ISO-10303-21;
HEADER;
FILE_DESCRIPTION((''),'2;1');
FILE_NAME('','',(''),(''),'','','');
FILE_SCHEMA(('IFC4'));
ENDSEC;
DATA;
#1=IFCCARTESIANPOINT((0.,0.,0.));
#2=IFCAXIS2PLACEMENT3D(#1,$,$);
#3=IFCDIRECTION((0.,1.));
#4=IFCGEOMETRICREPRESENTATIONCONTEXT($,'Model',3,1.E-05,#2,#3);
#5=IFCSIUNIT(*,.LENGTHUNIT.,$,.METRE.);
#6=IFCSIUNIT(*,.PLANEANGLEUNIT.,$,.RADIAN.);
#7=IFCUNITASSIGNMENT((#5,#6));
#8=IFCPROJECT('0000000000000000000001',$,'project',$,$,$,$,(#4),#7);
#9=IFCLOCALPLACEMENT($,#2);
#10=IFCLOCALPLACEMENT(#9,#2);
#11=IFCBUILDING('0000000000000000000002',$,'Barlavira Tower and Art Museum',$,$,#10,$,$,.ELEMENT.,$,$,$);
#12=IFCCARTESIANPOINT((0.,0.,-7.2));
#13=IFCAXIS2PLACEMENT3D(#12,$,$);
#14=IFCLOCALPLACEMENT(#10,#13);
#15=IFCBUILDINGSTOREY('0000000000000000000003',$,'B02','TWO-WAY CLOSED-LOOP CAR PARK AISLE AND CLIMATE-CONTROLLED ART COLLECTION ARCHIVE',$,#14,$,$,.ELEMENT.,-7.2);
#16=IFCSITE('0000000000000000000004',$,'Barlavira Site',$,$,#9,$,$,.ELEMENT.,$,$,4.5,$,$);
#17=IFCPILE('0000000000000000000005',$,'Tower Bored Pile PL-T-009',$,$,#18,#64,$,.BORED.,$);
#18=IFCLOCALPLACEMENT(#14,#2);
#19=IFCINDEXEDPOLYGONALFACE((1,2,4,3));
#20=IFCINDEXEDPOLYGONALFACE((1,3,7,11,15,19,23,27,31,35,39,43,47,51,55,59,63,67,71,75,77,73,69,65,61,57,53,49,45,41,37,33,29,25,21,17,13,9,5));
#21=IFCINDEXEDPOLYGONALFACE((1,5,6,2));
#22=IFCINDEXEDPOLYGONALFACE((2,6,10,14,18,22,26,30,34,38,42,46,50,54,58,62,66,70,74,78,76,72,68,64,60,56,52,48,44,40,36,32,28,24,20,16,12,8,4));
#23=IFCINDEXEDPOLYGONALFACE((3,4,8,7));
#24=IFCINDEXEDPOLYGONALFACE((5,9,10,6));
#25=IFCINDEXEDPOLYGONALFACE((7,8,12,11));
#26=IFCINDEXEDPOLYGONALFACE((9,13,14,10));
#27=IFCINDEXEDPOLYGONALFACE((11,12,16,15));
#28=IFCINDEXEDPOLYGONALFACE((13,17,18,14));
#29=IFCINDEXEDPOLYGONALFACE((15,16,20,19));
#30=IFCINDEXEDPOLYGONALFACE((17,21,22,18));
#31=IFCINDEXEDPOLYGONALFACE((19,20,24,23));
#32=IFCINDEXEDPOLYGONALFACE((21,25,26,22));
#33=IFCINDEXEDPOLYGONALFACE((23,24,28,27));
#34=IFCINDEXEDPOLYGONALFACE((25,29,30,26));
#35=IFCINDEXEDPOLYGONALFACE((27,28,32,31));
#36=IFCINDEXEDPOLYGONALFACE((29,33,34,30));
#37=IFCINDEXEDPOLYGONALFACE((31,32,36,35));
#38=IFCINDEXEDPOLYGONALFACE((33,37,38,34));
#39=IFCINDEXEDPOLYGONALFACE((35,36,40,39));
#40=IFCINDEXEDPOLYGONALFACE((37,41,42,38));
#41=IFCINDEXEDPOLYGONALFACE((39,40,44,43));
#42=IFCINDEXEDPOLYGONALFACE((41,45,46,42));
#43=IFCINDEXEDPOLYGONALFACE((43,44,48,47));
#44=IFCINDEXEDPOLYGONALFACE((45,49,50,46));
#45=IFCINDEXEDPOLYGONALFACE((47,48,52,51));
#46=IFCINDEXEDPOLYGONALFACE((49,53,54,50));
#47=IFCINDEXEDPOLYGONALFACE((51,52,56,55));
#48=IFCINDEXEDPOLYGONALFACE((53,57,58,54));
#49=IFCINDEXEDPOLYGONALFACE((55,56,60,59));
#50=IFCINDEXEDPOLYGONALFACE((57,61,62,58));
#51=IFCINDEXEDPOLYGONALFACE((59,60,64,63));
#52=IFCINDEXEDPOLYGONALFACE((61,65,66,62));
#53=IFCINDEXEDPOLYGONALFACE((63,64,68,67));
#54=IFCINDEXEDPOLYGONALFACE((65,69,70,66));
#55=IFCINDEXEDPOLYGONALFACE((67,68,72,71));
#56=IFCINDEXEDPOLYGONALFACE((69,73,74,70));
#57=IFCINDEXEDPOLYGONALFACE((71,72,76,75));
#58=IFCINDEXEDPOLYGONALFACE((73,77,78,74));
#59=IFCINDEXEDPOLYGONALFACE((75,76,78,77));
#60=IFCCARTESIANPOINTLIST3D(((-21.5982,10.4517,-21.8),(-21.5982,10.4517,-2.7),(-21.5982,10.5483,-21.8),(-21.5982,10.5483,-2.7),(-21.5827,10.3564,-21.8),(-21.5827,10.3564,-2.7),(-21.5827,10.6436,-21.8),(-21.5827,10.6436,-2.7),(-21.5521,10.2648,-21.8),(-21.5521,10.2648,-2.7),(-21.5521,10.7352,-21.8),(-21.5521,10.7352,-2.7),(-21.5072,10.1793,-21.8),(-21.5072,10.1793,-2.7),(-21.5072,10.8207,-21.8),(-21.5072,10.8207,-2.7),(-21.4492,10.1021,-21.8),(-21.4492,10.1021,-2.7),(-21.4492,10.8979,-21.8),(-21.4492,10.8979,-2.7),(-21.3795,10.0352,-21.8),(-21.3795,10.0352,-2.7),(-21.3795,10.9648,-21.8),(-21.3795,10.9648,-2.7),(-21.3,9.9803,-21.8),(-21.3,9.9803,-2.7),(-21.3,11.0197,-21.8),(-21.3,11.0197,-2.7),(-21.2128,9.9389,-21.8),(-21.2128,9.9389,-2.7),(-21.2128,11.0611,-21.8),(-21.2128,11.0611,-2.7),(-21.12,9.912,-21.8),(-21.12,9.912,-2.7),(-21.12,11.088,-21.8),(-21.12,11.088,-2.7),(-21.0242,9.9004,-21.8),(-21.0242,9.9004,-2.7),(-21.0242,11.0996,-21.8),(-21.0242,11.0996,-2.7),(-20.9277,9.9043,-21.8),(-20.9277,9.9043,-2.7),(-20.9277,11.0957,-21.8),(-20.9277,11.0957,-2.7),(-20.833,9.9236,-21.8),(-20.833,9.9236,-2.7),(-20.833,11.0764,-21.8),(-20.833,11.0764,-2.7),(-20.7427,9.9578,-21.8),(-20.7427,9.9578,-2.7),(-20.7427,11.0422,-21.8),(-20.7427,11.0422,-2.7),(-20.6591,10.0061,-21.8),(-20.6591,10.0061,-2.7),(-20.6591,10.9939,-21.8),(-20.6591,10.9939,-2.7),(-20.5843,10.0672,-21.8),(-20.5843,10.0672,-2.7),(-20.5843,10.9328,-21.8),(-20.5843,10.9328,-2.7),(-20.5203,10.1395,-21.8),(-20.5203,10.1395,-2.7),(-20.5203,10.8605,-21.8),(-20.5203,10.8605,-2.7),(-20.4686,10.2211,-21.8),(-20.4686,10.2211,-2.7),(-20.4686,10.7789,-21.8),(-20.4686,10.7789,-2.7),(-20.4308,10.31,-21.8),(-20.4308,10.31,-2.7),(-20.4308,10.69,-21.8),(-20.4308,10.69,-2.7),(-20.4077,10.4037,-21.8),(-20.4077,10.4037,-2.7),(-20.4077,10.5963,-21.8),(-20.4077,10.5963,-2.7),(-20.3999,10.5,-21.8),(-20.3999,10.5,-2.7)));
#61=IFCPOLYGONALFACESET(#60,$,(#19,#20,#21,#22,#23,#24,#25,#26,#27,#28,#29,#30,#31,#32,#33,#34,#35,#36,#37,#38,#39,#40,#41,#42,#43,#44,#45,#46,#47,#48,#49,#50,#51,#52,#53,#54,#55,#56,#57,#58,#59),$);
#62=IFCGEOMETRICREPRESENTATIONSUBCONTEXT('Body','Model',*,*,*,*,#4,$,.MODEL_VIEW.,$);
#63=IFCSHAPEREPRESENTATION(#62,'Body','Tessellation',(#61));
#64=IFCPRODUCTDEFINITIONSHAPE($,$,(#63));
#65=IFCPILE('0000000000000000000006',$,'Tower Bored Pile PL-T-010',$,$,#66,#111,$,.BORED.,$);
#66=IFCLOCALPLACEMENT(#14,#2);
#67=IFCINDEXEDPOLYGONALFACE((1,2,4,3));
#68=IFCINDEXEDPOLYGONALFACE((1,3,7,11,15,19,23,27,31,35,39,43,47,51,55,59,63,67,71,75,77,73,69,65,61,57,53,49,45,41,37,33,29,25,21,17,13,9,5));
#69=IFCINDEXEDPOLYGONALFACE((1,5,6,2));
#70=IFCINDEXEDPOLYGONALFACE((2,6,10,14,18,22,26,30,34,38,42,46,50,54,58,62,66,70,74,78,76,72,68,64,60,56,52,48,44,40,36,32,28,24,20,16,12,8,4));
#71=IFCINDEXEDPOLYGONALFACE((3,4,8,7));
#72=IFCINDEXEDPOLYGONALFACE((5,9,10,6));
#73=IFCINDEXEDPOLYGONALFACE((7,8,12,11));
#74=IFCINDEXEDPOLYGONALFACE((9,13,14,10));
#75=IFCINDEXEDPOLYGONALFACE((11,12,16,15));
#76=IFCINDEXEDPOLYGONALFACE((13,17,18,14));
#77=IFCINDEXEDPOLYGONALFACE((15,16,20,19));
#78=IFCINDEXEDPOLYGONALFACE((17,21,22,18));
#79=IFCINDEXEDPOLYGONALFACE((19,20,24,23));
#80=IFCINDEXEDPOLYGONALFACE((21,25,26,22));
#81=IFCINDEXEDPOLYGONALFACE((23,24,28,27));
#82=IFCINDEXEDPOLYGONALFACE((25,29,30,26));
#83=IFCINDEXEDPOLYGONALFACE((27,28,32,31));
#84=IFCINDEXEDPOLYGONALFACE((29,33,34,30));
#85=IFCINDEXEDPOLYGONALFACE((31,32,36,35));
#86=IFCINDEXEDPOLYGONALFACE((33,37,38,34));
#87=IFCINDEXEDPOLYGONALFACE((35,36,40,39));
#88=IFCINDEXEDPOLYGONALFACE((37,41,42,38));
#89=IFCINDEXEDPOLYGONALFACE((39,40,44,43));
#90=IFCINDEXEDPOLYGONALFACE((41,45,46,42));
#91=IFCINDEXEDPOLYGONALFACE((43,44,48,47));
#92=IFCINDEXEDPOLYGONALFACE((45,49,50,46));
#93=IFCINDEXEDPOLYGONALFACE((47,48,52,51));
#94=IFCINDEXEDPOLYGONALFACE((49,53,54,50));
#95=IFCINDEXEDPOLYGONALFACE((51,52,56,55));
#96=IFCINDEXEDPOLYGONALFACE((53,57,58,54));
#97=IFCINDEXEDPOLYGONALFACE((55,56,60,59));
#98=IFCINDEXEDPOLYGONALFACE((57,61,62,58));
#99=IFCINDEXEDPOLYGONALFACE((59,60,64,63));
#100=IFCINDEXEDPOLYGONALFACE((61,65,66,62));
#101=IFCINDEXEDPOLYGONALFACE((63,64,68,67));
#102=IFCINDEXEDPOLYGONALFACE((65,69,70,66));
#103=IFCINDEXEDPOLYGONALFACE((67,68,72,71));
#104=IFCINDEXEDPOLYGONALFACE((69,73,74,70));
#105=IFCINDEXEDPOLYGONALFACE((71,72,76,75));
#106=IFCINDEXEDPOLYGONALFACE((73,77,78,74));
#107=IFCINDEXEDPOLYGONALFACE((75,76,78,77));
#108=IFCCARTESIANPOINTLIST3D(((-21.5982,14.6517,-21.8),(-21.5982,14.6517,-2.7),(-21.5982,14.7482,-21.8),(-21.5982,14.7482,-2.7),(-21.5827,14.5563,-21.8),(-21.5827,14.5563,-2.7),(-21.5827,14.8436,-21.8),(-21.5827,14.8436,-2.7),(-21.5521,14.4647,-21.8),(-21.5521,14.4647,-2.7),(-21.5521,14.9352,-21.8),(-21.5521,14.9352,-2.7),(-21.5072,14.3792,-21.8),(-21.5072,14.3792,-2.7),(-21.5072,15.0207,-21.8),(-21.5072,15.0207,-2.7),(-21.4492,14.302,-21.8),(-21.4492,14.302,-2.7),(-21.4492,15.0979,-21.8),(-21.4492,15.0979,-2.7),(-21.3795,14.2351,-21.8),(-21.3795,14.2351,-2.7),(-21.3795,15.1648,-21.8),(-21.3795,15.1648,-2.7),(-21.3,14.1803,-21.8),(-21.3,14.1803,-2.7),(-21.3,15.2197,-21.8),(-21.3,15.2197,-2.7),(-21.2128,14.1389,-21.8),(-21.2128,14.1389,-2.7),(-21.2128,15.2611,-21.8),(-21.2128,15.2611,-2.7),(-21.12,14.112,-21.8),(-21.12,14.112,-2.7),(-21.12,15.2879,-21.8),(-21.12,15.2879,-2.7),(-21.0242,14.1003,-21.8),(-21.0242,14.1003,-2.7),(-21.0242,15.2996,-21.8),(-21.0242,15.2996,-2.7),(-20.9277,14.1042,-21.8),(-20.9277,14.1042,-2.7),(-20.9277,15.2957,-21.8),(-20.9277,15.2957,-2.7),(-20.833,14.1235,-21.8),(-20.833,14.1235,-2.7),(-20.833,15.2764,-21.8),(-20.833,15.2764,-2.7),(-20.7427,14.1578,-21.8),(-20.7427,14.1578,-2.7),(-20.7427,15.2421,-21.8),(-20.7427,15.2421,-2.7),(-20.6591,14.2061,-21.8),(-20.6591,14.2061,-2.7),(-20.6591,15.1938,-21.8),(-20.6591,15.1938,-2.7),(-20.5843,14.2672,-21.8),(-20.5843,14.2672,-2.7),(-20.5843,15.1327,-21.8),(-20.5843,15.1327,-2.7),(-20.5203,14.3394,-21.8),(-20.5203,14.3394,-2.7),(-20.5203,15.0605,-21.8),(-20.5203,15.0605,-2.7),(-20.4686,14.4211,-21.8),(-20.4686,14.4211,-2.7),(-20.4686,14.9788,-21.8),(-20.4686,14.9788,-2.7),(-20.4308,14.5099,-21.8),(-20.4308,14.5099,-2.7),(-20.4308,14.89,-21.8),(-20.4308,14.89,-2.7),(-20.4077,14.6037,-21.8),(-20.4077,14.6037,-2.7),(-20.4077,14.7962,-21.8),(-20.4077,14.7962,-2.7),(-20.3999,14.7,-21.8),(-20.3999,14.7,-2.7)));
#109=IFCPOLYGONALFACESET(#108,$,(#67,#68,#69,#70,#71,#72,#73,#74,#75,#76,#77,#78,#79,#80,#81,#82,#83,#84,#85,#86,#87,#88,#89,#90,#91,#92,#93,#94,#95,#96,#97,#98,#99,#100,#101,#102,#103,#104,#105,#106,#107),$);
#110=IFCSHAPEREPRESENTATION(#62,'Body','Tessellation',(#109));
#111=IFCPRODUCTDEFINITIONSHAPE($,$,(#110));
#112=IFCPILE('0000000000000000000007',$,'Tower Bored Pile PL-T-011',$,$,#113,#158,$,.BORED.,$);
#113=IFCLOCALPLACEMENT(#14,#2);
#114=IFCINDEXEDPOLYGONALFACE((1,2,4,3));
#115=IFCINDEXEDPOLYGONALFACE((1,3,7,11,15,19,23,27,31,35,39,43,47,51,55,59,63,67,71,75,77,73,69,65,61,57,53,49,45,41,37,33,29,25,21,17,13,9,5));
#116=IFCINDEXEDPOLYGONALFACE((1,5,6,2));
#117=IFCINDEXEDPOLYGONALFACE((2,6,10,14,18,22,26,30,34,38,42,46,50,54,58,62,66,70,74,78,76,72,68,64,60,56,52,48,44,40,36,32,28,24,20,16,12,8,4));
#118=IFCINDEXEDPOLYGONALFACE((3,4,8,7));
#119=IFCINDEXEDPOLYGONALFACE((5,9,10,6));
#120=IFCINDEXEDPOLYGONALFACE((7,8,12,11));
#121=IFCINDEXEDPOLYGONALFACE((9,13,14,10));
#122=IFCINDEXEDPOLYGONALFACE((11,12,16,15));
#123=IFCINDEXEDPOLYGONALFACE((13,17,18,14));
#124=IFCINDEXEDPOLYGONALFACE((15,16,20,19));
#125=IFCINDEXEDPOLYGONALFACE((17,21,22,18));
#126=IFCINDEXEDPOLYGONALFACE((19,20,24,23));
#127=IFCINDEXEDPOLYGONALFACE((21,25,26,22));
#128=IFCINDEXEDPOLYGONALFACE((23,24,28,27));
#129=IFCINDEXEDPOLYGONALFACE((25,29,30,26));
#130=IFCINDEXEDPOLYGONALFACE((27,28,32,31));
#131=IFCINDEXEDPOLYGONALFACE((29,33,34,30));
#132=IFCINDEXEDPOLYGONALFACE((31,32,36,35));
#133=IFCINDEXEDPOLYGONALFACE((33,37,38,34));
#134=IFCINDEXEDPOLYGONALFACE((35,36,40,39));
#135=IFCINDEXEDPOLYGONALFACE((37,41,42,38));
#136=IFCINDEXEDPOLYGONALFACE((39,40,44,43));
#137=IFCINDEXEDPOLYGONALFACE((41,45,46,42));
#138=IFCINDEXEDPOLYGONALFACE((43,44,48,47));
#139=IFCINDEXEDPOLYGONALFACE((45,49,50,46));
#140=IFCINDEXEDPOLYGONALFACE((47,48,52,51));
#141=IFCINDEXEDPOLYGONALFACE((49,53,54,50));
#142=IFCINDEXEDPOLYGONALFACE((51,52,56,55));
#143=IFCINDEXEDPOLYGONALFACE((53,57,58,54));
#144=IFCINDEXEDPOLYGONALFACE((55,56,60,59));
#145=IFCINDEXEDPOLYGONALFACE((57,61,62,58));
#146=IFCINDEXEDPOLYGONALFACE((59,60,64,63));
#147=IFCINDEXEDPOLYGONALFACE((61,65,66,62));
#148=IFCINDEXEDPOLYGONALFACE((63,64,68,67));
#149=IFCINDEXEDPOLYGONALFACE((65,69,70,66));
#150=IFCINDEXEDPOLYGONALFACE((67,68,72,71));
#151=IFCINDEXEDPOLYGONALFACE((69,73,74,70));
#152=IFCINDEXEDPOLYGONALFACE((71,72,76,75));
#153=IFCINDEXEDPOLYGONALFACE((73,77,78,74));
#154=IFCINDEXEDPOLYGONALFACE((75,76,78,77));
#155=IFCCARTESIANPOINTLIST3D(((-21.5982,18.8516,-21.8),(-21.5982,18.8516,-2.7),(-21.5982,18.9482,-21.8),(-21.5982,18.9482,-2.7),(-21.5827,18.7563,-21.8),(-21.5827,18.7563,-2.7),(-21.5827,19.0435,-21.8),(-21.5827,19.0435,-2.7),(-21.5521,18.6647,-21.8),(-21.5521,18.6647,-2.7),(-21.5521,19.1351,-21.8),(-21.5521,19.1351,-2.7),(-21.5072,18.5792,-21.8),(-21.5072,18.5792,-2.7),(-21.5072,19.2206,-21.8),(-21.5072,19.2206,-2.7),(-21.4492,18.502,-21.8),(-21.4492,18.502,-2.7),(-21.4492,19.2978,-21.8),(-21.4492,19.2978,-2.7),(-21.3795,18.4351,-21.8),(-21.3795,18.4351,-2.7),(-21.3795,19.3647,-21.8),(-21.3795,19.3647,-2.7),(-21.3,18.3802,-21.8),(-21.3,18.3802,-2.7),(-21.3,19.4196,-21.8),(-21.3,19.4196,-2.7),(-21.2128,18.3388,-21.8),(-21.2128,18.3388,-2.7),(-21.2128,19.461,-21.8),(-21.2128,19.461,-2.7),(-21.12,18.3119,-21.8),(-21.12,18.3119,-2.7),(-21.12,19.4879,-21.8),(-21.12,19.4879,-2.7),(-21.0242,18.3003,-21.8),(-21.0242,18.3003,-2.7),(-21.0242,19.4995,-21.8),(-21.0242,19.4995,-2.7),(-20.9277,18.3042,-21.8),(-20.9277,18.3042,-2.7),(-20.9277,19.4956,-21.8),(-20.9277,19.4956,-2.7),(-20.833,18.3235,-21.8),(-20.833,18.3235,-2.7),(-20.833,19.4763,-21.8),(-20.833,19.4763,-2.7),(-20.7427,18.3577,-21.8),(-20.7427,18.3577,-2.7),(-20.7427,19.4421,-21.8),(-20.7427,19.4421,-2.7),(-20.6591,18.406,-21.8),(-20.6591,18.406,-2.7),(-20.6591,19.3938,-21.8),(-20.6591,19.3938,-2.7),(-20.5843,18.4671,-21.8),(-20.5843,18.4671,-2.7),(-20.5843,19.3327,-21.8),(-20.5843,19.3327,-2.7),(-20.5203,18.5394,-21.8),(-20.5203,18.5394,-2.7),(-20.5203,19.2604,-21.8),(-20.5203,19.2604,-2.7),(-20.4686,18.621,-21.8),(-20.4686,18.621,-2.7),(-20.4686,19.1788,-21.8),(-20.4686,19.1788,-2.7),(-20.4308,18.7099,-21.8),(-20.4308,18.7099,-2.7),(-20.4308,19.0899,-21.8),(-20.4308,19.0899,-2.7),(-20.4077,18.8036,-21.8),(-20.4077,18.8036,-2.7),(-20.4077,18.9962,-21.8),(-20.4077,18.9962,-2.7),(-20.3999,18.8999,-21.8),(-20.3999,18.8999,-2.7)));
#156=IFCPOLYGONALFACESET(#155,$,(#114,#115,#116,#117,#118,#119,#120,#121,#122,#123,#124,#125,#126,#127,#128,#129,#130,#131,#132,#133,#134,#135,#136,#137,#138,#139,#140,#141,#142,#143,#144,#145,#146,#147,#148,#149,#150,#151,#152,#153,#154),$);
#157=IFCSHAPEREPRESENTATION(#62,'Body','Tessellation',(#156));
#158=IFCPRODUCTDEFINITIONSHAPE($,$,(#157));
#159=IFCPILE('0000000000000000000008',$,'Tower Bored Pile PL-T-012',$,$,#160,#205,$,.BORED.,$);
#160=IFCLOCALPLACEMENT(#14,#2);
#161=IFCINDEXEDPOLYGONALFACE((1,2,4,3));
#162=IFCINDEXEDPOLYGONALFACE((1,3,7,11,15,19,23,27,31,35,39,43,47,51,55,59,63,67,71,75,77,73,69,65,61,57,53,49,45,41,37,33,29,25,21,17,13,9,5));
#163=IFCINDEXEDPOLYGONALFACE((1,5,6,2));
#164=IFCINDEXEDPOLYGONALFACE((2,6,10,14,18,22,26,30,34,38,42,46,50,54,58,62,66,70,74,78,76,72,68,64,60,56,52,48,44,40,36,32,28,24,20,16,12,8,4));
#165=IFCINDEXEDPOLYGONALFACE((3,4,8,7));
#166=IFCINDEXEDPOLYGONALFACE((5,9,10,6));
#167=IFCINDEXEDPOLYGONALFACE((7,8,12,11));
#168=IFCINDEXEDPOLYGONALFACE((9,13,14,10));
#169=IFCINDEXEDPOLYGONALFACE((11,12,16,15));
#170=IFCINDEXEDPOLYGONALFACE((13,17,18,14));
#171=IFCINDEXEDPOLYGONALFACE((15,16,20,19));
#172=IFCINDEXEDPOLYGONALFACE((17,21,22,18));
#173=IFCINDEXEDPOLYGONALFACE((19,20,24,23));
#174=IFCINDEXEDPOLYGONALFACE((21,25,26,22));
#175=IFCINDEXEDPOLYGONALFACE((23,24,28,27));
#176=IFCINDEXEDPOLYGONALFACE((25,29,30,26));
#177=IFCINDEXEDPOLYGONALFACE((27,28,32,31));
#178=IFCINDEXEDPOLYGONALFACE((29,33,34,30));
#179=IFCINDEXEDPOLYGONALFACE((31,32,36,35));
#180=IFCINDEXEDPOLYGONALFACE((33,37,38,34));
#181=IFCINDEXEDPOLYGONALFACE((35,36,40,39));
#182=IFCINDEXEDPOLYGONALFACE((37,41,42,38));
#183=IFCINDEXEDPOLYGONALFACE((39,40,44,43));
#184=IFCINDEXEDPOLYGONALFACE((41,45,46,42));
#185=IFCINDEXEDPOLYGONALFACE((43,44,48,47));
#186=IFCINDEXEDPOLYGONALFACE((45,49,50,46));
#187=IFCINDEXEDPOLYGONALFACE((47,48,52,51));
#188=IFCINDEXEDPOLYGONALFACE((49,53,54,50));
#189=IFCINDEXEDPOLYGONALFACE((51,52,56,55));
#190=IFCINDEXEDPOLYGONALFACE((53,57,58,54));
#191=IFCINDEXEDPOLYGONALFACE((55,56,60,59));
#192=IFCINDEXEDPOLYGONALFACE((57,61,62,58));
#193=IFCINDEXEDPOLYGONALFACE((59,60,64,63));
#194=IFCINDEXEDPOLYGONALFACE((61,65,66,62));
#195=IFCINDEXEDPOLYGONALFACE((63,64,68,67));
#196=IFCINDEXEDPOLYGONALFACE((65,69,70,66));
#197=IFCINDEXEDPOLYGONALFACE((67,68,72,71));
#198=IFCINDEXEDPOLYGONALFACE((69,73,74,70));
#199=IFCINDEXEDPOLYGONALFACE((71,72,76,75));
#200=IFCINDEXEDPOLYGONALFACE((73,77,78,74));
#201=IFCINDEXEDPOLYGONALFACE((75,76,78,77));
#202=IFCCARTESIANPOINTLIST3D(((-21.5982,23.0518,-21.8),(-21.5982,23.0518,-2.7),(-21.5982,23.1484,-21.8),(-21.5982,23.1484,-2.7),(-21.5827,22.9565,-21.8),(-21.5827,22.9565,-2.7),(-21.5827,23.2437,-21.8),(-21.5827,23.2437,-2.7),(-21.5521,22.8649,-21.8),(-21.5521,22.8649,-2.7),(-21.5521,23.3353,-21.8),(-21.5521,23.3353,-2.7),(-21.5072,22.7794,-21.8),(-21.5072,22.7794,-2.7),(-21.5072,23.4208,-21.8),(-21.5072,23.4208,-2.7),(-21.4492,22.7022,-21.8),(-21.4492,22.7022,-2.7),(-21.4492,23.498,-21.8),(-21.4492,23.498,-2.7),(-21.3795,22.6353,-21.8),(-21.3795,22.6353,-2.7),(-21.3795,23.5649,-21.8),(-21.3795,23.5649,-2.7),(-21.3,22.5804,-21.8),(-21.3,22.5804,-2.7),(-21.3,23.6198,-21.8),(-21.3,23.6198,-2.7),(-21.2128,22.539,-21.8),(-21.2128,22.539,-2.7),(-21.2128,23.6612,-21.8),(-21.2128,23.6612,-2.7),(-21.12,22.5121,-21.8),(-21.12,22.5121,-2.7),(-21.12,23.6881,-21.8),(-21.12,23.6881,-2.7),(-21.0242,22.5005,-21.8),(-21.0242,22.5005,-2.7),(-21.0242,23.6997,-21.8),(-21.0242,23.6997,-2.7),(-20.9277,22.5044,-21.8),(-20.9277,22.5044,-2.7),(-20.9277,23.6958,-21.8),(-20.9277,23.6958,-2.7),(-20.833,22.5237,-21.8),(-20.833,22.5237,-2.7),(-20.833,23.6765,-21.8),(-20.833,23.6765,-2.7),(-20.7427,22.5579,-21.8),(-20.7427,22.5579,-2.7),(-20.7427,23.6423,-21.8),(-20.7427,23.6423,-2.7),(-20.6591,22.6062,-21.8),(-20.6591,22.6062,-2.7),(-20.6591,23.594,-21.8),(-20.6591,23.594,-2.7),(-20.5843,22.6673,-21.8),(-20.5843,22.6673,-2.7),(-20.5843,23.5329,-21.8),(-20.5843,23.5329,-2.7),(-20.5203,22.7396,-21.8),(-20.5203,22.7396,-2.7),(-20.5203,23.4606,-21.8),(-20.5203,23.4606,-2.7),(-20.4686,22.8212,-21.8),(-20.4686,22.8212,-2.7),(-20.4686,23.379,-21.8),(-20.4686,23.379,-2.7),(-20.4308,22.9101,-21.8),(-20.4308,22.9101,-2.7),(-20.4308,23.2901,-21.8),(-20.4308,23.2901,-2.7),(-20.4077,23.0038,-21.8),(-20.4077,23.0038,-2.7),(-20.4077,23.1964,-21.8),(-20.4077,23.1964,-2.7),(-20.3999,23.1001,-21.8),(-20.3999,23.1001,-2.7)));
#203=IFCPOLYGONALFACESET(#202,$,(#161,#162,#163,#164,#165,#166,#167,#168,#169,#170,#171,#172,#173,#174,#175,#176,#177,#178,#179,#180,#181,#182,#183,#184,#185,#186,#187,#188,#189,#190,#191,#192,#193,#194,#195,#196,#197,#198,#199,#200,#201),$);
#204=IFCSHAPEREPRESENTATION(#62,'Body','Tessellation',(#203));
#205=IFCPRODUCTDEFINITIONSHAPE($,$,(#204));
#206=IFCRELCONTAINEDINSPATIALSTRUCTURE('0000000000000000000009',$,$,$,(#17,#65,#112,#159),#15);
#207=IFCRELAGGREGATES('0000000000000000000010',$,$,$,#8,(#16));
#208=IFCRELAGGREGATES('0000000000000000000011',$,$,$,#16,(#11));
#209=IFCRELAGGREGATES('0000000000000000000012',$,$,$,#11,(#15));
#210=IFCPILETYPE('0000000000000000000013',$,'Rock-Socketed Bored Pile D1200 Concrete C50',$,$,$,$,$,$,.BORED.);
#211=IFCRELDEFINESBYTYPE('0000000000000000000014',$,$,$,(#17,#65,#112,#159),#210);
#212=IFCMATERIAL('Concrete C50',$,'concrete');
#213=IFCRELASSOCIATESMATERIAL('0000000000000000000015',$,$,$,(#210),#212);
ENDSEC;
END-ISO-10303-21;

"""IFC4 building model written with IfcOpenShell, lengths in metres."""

from ifc_helpers import new_model, si_unit, direction, frame, origin, origin_2d, place, context, subcontext, project, spatial, circle, extrude, material, material_profile, profile_set, type_object, element, save


model = new_model("IFC4")

# Units and contexts
model_context = context("Model", 3, precision=1e-05, world=origin(), true_north=direction((0.0, 1.0)))
body_context = subcontext(model_context, "Body", "Model", "MODEL_VIEW")
ifc_project = project(units=[si_unit("LENGTHUNIT", "METRE"), si_unit("PLANEANGLEUNIT", "RADIAN")], contexts=[model_context])

# Site, building, storey
site_placement = place(None, origin())
site = spatial("IfcSite", under=ifc_project, at=site_placement, Name="Barlavira Site", CompositionType="ELEMENT", RefElevation=4.5)
building_placement = place(site_placement, origin())
building = spatial("IfcBuilding", under=site, at=building_placement, Name="Barlavira Tower and Art Museum", CompositionType="ELEMENT")
storey_placement = place(building_placement, frame((0.0, 0.0, -7.2)))
storey = spatial("IfcBuildingStorey", under=building, at=storey_placement, Name="B02", Description="TWO-WAY CLOSED-LOOP CAR PARK AISLE AND CLIMATE-CONTROLLED ART COLLECTION ARCHIVE", CompositionType="ELEMENT", Elevation=-7.2)

# Piles
ifc_material_1 = material(Name="Concrete C50", Category="concrete")
ifc_material_profile_1 = material_profile(ifc_material_1, circle(Radius=0.6001, at=origin_2d()), Name="BORED PILE D1200")
ifc_profile_set_1 = profile_set([ifc_material_profile_1], Name="Concrete C50")
pile_type = type_object("IfcPileType", Name="Rock-Socketed Bored Pile D1200 Concrete C50", PredefinedType="BORED", material=ifc_profile_set_1)
for number, where, z_axis, x_axis, name in (
    (1, (-21.0, 10.5, -2.7), (0.0, 0.0, -1.0), (1.0, 0.0, 0.0), "Tower Bored Pile PL-T-009"),
    (2, (-21.0, 14.7, -2.7), (0.0, 0.0, -1.0), (1.0, 0.0, 0.0), "Tower Bored Pile PL-T-010"),
    (3, (-21.0, 18.8999, -2.7), (0.0, 0.0, -1.0), (1.0, 0.0, 0.0), "Tower Bored Pile PL-T-011"),
    (4, (-21.0, 23.1001, -2.7), (0.0, 0.0, -1.0), (1.0, 0.0, 0.0), "Tower Bored Pile PL-T-012"),
):
    element("IfcPile", number, at=place(storey_placement, frame(where, z_axis=z_axis, x_axis=x_axis)), inside=storey, type_object=pile_type, Name=name, PredefinedType="BORED", context=body_context, shape_type="SweptSolid", body=[
        extrude(circle(Radius=0.6001, at=origin_2d()), origin(), (0.0, 0.0, 1.0), 19.1001),
    ])

save(model, "model.ifc")
